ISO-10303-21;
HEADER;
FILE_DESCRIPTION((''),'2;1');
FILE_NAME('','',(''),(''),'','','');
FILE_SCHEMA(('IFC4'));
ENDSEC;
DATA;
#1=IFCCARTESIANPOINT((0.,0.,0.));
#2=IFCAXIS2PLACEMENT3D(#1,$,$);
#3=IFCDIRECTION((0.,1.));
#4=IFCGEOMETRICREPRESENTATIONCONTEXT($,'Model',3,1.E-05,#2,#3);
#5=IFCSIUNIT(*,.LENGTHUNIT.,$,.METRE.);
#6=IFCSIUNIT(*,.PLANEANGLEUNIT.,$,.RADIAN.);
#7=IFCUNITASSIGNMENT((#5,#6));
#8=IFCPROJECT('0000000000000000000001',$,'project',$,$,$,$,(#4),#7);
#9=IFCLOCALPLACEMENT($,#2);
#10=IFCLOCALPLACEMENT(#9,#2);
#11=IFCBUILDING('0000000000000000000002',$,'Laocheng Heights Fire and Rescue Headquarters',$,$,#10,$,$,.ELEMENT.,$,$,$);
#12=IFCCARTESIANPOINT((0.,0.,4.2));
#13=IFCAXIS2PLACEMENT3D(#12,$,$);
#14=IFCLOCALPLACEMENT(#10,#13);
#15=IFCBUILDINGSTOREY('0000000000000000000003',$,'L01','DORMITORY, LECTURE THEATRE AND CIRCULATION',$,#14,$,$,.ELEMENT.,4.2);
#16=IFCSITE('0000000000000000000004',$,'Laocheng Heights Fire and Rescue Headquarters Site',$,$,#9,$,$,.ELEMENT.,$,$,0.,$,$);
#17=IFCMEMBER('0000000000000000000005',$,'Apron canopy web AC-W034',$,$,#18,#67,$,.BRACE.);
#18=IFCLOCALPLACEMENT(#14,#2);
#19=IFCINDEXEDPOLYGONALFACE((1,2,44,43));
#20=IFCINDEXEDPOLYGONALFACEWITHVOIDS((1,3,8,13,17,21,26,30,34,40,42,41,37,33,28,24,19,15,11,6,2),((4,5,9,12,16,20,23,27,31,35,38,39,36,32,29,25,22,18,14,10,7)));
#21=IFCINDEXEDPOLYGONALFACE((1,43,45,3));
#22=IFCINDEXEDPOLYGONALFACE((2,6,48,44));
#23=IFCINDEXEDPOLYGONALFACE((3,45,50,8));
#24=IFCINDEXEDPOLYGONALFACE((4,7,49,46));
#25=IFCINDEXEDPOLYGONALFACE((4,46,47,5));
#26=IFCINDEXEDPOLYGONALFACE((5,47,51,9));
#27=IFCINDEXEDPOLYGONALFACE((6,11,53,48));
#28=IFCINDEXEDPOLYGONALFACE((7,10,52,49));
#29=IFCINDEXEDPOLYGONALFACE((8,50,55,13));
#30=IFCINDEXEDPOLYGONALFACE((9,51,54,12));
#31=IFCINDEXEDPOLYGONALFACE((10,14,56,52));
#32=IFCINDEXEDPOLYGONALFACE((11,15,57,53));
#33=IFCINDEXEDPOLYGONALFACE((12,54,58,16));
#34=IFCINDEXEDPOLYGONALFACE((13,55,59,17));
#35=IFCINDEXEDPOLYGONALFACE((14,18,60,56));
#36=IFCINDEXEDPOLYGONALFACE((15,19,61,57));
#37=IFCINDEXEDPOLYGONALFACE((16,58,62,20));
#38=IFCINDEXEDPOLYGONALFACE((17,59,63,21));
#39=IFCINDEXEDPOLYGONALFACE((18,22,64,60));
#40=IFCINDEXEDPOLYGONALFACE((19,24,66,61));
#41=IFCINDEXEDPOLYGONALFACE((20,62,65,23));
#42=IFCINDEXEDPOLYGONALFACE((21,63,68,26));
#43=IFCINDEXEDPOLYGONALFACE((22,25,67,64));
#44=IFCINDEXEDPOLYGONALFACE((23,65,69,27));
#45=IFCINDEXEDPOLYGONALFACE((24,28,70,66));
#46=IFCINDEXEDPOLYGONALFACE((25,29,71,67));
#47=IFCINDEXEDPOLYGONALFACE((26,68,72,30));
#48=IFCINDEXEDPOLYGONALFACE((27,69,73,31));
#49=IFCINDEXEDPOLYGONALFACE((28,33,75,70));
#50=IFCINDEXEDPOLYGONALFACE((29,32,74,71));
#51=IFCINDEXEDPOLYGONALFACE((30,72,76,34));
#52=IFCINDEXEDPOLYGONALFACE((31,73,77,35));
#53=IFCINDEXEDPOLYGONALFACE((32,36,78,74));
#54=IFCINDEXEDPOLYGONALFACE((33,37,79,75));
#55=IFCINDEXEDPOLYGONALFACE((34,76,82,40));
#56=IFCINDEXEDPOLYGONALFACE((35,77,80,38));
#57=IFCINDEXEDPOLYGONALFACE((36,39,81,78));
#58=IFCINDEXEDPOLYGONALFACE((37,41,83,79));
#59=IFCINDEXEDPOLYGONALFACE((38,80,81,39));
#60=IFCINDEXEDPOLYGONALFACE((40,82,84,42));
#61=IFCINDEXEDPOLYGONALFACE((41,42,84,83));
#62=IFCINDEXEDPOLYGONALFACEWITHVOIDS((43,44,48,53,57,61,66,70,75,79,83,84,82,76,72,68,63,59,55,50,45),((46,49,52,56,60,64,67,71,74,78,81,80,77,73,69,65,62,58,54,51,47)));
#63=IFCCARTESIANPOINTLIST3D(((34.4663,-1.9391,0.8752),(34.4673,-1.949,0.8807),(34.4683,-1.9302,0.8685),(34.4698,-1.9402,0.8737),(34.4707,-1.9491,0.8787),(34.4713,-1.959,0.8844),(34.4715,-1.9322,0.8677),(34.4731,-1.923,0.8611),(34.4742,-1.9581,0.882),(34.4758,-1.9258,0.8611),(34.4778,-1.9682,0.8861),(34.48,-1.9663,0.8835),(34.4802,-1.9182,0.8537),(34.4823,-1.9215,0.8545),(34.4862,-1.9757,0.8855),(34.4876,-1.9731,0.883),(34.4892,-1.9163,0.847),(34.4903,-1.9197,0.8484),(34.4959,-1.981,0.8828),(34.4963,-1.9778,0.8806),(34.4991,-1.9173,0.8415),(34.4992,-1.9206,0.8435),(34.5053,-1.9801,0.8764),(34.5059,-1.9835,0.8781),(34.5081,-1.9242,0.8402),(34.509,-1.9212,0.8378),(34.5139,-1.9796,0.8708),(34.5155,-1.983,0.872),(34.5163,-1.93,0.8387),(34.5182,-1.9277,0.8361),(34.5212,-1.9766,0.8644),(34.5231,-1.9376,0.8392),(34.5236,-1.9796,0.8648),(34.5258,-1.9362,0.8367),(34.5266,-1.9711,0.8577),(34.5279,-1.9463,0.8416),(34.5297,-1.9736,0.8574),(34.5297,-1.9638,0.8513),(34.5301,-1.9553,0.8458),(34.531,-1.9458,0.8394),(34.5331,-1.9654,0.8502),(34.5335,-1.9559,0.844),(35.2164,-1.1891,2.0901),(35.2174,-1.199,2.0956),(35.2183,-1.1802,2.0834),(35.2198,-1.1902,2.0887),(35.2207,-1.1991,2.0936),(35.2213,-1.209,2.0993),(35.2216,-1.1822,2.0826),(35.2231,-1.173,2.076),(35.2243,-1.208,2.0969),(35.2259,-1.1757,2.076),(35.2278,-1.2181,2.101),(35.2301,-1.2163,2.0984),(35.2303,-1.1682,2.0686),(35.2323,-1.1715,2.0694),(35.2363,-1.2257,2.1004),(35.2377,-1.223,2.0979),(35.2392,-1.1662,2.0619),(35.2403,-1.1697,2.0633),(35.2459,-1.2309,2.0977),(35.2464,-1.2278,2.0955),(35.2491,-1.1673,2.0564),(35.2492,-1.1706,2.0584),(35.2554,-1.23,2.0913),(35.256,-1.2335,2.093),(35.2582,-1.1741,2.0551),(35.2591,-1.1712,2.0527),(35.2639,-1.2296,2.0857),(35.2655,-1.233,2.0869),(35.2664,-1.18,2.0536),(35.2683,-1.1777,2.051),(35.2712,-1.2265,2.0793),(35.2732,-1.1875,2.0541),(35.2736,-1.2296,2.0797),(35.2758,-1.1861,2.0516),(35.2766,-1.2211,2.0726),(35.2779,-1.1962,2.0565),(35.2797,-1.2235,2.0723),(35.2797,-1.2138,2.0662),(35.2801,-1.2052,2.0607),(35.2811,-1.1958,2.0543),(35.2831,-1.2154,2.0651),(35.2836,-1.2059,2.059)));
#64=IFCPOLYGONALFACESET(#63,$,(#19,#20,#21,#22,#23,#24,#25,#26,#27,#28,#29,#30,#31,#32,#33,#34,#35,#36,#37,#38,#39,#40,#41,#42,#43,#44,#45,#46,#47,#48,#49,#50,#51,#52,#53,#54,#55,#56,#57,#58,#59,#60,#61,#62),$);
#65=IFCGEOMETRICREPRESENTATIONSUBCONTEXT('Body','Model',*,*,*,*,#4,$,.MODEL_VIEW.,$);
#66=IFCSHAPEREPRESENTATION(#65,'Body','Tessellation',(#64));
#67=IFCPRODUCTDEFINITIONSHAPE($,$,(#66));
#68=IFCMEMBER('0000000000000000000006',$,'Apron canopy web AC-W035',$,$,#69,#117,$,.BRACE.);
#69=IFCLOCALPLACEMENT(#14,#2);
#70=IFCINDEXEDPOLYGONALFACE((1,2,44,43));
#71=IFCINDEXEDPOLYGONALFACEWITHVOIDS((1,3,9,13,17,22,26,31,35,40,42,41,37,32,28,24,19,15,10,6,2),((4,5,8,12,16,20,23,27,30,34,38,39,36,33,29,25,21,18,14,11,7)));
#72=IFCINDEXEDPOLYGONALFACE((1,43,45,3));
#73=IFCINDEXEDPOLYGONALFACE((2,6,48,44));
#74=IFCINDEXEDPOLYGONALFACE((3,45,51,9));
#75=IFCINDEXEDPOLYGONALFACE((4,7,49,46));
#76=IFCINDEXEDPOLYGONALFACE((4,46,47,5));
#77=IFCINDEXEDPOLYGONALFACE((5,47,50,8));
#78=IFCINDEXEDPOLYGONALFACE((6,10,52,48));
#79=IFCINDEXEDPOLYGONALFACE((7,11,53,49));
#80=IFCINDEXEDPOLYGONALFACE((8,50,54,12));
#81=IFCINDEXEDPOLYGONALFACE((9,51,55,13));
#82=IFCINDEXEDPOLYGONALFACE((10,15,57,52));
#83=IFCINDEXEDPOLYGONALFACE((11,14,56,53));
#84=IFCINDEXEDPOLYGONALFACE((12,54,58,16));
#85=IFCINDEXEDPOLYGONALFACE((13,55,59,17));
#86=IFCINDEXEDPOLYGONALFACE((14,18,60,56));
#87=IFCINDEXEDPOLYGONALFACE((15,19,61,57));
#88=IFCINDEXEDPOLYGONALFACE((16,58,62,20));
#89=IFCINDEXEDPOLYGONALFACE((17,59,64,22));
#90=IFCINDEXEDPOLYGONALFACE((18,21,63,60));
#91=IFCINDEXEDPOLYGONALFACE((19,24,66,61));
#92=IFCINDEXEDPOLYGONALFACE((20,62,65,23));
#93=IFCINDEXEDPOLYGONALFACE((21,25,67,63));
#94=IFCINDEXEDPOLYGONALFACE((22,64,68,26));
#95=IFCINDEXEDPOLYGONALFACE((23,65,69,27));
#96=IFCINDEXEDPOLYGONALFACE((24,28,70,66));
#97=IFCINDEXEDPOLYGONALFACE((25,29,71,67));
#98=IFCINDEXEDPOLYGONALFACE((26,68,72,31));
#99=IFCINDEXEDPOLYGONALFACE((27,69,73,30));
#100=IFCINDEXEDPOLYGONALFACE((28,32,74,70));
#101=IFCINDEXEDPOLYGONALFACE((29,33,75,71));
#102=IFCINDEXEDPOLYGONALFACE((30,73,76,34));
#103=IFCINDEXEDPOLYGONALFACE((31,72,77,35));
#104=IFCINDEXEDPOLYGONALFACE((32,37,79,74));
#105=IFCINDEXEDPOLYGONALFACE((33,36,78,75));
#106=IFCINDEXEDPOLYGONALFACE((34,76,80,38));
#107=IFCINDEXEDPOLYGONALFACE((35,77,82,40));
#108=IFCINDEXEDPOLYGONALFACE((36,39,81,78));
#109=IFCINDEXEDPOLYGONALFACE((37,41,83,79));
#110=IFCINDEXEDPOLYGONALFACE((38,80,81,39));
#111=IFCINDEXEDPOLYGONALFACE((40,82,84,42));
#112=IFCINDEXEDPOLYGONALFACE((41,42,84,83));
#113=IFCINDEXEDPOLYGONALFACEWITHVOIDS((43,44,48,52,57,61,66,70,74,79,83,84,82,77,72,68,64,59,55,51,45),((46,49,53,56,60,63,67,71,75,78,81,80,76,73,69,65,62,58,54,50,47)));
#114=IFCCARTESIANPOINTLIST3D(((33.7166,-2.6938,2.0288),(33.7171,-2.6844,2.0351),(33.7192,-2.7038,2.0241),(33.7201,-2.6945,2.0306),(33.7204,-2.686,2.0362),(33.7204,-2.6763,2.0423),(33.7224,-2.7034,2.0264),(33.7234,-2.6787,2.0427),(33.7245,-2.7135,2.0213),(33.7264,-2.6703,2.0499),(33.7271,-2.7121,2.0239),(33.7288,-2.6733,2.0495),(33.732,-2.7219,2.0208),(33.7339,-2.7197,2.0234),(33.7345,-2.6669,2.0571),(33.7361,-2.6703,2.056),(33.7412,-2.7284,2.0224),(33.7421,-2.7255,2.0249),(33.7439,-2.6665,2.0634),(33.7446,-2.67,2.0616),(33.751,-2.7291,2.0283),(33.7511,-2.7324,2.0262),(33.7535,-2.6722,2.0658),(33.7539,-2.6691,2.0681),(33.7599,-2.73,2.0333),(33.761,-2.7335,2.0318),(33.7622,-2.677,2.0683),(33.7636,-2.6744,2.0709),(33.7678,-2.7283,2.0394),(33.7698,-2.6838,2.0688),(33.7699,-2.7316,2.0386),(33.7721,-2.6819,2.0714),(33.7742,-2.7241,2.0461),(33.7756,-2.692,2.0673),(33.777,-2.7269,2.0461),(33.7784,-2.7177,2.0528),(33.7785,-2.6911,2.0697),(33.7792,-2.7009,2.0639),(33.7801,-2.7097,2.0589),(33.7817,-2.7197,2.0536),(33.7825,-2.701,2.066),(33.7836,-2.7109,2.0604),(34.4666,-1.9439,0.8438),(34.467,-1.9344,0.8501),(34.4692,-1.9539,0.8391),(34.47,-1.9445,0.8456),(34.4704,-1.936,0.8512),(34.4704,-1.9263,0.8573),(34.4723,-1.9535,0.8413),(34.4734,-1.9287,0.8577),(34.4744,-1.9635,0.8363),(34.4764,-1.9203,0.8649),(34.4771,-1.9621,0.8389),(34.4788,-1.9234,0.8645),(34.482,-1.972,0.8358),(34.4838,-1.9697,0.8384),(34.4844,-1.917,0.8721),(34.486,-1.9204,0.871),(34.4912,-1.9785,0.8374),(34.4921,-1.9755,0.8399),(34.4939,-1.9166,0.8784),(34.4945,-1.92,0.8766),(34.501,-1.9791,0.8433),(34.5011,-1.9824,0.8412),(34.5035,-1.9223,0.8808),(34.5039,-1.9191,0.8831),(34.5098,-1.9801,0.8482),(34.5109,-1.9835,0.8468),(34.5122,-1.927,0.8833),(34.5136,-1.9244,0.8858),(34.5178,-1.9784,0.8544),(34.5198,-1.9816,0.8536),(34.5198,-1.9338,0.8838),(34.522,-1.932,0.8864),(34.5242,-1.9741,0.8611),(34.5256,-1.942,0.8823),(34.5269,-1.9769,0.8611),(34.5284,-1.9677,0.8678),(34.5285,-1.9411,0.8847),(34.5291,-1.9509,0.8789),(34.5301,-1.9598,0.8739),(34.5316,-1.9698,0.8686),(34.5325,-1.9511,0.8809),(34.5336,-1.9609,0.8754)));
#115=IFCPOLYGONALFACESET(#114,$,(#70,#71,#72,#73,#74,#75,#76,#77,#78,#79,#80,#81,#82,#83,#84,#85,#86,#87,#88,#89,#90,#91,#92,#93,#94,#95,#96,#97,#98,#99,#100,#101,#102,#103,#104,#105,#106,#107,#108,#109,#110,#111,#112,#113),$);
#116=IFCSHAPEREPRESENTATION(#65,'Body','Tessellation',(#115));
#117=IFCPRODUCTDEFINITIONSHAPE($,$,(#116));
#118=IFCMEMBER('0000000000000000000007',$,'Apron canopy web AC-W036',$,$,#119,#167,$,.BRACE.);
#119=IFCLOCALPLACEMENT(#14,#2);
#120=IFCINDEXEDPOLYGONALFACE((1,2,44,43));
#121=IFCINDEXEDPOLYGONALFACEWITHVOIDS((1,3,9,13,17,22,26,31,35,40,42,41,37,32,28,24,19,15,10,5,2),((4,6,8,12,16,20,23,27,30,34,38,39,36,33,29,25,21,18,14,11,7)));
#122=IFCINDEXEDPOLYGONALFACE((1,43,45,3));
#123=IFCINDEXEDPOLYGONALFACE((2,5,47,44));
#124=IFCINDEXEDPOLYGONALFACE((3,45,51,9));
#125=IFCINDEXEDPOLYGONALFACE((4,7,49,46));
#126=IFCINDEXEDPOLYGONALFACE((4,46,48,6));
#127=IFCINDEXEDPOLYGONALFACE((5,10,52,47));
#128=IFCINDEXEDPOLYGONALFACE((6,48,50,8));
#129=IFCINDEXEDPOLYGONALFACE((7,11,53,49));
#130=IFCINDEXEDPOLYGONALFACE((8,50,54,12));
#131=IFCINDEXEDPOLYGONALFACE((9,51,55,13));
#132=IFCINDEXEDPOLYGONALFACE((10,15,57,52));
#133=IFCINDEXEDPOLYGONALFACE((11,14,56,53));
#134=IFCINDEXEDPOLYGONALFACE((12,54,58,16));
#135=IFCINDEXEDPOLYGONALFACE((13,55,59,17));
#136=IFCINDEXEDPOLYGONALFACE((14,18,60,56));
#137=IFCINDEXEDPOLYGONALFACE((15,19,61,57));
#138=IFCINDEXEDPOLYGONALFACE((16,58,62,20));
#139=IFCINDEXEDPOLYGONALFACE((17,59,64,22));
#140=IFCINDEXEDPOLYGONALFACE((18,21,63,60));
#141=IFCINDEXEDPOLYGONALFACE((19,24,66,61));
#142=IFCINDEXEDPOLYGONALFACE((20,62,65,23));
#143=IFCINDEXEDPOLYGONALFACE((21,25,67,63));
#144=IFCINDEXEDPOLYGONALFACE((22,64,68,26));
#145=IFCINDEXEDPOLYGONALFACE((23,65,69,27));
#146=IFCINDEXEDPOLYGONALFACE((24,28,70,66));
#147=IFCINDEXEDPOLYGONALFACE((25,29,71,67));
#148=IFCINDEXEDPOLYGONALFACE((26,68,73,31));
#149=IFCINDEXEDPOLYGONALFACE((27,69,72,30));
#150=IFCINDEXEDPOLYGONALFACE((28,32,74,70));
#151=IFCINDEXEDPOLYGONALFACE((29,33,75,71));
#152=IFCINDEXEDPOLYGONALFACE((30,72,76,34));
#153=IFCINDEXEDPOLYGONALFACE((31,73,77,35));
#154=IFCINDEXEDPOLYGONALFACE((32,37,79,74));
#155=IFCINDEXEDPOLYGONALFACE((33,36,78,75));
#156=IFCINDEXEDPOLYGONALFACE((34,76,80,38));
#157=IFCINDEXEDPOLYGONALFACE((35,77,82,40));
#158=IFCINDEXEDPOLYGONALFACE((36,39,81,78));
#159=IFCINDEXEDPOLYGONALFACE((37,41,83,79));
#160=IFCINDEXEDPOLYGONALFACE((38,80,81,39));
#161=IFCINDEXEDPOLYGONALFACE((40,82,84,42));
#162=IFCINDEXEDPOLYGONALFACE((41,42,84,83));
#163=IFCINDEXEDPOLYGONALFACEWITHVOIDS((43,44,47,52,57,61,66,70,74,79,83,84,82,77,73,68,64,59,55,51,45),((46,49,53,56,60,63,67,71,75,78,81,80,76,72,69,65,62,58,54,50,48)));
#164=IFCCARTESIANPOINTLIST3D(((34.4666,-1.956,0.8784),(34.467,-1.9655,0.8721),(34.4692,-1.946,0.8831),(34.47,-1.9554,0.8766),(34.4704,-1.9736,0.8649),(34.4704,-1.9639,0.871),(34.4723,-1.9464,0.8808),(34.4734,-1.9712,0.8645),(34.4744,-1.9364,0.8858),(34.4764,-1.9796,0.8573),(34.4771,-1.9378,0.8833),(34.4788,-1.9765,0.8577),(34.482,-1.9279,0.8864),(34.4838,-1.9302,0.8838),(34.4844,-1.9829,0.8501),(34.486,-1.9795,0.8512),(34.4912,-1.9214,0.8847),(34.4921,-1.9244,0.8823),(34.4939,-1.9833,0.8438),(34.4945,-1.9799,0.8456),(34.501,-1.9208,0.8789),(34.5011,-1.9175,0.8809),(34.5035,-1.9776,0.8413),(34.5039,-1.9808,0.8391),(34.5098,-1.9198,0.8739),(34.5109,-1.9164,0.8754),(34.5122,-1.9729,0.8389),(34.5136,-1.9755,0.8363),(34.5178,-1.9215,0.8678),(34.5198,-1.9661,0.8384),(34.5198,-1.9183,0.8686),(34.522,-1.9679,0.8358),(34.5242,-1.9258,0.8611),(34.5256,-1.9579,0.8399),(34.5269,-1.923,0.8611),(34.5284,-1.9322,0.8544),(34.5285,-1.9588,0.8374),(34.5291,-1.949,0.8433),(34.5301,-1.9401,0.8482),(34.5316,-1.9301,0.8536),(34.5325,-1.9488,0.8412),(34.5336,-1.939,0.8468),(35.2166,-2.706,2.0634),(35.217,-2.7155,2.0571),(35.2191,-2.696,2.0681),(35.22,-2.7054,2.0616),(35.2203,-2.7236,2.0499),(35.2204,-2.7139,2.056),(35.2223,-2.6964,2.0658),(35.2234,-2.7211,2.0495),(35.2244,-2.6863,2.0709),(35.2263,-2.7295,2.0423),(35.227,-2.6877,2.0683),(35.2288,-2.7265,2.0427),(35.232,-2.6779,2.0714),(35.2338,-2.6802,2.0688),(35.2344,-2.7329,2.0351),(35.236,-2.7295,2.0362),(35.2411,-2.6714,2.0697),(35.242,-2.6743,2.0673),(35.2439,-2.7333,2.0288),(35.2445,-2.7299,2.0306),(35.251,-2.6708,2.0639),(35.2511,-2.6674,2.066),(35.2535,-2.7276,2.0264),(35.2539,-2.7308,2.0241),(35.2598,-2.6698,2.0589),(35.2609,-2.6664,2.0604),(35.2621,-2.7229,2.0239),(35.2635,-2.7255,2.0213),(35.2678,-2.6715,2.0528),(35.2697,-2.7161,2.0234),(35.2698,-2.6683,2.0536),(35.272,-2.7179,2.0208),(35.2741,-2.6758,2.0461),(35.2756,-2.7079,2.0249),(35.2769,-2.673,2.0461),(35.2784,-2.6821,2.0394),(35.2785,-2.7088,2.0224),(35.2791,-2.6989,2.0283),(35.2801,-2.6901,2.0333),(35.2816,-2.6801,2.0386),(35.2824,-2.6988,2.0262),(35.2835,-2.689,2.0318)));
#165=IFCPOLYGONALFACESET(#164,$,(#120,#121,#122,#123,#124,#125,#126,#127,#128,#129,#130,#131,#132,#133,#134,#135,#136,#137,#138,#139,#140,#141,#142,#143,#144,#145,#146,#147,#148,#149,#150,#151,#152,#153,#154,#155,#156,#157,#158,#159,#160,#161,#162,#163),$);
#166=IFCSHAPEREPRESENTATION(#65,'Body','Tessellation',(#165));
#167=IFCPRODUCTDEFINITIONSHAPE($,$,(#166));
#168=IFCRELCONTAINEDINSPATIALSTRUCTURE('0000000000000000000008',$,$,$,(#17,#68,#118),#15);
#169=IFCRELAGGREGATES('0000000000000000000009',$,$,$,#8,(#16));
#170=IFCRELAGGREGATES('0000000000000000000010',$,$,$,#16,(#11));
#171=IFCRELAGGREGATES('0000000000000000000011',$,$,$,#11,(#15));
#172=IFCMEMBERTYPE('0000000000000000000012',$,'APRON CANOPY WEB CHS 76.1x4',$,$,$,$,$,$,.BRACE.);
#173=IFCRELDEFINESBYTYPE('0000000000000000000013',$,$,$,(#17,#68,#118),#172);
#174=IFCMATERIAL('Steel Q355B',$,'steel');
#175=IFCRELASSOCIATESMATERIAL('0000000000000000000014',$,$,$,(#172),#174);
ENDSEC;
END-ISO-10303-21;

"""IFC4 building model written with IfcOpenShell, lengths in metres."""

from ifc_helpers import new_model, si_unit, direction, frame, origin, origin_2d, place, context, subcontext, project, spatial, hollow_circle, extrude, material, material_profile, profile_set, type_object, element, save


model = new_model("IFC4")

# Units and contexts
model_context = context("Model", 3, precision=1e-05, world=origin(), true_north=direction((0.0, 1.0)))
body_context = subcontext(model_context, "Body", "Model", "MODEL_VIEW")
ifc_project = project(units=[si_unit("LENGTHUNIT", "METRE"), si_unit("PLANEANGLEUNIT", "RADIAN")], contexts=[model_context])

# Site, building, storey
site_placement = place(None, origin())
site = spatial("IfcSite", under=ifc_project, at=site_placement, Name="Laocheng Heights Fire and Rescue Headquarters Site", CompositionType="ELEMENT", RefElevation=0.0)
building_placement = place(site_placement, origin())
building = spatial("IfcBuilding", under=site, at=building_placement, Name="Laocheng Heights Fire and Rescue Headquarters", CompositionType="ELEMENT")
storey_placement = place(building_placement, frame((0.0, 0.0, 4.2)))
storey = spatial("IfcBuildingStorey", under=building, at=storey_placement, Name="L01", Description="DORMITORY, LECTURE THEATRE AND CIRCULATION", CompositionType="ELEMENT", Elevation=4.2)

# Members
ifc_material_1 = material(Name="Steel Q355B", Category="steel")
ifc_material_profile_1 = material_profile(ifc_material_1, hollow_circle(Radius=0.0381, WallThickness=0.0039, at=origin_2d()), Name="CHS 76.1x4")
ifc_profile_set_1 = profile_set([ifc_material_profile_1], Name="Steel Q355B")
member_type_1 = type_object("IfcMemberType", Name="APRON CANOPY WEB CHS 76.1x4", PredefinedType="BRACE", material=ifc_profile_set_1)
for number, where, z_axis, x_axis, name in (
    (1, (34.5, -1.95, 0.8611), (0.465055, 0.465055, 0.753292), (-0.707107, 0.707107, 0.0), "Apron canopy web AC-W034"),
):
    element("IfcMember", number, at=place(storey_placement, frame(where, z_axis=z_axis, x_axis=x_axis)), inside=storey, type_object=member_type_1, Name=name, PredefinedType="BRACE", context=body_context, shape_type="SweptSolid", body=[
        extrude(hollow_circle(Radius=0.0381, WallThickness=0.0039, at=origin_2d()), origin(), (0.0, 0.0, 1.0), 1.6128),
    ])
for number, where, z_axis, x_axis, name in (
    (2, (34.5, -1.95, 0.8611), (-0.47158, -0.47158, 0.745134), (0.707107, -0.707107, 0.0), "Apron canopy web AC-W035"),
    (3, (34.5, -1.95, 0.8611), (0.47158, -0.47158, 0.745134), (0.707107, 0.707107, 0.0), "Apron canopy web AC-W036"),
):
    element("IfcMember", number, at=place(storey_placement, frame(where, z_axis=z_axis, x_axis=x_axis)), inside=storey, type_object=member_type_1, Name=name, PredefinedType="BRACE", context=body_context, shape_type="SweptSolid", body=[
        extrude(hollow_circle(Radius=0.0381, WallThickness=0.0039, at=origin_2d()), origin(), (0.0, 0.0, 1.0), 1.5903),
    ])

save(model, "model.ifc")
